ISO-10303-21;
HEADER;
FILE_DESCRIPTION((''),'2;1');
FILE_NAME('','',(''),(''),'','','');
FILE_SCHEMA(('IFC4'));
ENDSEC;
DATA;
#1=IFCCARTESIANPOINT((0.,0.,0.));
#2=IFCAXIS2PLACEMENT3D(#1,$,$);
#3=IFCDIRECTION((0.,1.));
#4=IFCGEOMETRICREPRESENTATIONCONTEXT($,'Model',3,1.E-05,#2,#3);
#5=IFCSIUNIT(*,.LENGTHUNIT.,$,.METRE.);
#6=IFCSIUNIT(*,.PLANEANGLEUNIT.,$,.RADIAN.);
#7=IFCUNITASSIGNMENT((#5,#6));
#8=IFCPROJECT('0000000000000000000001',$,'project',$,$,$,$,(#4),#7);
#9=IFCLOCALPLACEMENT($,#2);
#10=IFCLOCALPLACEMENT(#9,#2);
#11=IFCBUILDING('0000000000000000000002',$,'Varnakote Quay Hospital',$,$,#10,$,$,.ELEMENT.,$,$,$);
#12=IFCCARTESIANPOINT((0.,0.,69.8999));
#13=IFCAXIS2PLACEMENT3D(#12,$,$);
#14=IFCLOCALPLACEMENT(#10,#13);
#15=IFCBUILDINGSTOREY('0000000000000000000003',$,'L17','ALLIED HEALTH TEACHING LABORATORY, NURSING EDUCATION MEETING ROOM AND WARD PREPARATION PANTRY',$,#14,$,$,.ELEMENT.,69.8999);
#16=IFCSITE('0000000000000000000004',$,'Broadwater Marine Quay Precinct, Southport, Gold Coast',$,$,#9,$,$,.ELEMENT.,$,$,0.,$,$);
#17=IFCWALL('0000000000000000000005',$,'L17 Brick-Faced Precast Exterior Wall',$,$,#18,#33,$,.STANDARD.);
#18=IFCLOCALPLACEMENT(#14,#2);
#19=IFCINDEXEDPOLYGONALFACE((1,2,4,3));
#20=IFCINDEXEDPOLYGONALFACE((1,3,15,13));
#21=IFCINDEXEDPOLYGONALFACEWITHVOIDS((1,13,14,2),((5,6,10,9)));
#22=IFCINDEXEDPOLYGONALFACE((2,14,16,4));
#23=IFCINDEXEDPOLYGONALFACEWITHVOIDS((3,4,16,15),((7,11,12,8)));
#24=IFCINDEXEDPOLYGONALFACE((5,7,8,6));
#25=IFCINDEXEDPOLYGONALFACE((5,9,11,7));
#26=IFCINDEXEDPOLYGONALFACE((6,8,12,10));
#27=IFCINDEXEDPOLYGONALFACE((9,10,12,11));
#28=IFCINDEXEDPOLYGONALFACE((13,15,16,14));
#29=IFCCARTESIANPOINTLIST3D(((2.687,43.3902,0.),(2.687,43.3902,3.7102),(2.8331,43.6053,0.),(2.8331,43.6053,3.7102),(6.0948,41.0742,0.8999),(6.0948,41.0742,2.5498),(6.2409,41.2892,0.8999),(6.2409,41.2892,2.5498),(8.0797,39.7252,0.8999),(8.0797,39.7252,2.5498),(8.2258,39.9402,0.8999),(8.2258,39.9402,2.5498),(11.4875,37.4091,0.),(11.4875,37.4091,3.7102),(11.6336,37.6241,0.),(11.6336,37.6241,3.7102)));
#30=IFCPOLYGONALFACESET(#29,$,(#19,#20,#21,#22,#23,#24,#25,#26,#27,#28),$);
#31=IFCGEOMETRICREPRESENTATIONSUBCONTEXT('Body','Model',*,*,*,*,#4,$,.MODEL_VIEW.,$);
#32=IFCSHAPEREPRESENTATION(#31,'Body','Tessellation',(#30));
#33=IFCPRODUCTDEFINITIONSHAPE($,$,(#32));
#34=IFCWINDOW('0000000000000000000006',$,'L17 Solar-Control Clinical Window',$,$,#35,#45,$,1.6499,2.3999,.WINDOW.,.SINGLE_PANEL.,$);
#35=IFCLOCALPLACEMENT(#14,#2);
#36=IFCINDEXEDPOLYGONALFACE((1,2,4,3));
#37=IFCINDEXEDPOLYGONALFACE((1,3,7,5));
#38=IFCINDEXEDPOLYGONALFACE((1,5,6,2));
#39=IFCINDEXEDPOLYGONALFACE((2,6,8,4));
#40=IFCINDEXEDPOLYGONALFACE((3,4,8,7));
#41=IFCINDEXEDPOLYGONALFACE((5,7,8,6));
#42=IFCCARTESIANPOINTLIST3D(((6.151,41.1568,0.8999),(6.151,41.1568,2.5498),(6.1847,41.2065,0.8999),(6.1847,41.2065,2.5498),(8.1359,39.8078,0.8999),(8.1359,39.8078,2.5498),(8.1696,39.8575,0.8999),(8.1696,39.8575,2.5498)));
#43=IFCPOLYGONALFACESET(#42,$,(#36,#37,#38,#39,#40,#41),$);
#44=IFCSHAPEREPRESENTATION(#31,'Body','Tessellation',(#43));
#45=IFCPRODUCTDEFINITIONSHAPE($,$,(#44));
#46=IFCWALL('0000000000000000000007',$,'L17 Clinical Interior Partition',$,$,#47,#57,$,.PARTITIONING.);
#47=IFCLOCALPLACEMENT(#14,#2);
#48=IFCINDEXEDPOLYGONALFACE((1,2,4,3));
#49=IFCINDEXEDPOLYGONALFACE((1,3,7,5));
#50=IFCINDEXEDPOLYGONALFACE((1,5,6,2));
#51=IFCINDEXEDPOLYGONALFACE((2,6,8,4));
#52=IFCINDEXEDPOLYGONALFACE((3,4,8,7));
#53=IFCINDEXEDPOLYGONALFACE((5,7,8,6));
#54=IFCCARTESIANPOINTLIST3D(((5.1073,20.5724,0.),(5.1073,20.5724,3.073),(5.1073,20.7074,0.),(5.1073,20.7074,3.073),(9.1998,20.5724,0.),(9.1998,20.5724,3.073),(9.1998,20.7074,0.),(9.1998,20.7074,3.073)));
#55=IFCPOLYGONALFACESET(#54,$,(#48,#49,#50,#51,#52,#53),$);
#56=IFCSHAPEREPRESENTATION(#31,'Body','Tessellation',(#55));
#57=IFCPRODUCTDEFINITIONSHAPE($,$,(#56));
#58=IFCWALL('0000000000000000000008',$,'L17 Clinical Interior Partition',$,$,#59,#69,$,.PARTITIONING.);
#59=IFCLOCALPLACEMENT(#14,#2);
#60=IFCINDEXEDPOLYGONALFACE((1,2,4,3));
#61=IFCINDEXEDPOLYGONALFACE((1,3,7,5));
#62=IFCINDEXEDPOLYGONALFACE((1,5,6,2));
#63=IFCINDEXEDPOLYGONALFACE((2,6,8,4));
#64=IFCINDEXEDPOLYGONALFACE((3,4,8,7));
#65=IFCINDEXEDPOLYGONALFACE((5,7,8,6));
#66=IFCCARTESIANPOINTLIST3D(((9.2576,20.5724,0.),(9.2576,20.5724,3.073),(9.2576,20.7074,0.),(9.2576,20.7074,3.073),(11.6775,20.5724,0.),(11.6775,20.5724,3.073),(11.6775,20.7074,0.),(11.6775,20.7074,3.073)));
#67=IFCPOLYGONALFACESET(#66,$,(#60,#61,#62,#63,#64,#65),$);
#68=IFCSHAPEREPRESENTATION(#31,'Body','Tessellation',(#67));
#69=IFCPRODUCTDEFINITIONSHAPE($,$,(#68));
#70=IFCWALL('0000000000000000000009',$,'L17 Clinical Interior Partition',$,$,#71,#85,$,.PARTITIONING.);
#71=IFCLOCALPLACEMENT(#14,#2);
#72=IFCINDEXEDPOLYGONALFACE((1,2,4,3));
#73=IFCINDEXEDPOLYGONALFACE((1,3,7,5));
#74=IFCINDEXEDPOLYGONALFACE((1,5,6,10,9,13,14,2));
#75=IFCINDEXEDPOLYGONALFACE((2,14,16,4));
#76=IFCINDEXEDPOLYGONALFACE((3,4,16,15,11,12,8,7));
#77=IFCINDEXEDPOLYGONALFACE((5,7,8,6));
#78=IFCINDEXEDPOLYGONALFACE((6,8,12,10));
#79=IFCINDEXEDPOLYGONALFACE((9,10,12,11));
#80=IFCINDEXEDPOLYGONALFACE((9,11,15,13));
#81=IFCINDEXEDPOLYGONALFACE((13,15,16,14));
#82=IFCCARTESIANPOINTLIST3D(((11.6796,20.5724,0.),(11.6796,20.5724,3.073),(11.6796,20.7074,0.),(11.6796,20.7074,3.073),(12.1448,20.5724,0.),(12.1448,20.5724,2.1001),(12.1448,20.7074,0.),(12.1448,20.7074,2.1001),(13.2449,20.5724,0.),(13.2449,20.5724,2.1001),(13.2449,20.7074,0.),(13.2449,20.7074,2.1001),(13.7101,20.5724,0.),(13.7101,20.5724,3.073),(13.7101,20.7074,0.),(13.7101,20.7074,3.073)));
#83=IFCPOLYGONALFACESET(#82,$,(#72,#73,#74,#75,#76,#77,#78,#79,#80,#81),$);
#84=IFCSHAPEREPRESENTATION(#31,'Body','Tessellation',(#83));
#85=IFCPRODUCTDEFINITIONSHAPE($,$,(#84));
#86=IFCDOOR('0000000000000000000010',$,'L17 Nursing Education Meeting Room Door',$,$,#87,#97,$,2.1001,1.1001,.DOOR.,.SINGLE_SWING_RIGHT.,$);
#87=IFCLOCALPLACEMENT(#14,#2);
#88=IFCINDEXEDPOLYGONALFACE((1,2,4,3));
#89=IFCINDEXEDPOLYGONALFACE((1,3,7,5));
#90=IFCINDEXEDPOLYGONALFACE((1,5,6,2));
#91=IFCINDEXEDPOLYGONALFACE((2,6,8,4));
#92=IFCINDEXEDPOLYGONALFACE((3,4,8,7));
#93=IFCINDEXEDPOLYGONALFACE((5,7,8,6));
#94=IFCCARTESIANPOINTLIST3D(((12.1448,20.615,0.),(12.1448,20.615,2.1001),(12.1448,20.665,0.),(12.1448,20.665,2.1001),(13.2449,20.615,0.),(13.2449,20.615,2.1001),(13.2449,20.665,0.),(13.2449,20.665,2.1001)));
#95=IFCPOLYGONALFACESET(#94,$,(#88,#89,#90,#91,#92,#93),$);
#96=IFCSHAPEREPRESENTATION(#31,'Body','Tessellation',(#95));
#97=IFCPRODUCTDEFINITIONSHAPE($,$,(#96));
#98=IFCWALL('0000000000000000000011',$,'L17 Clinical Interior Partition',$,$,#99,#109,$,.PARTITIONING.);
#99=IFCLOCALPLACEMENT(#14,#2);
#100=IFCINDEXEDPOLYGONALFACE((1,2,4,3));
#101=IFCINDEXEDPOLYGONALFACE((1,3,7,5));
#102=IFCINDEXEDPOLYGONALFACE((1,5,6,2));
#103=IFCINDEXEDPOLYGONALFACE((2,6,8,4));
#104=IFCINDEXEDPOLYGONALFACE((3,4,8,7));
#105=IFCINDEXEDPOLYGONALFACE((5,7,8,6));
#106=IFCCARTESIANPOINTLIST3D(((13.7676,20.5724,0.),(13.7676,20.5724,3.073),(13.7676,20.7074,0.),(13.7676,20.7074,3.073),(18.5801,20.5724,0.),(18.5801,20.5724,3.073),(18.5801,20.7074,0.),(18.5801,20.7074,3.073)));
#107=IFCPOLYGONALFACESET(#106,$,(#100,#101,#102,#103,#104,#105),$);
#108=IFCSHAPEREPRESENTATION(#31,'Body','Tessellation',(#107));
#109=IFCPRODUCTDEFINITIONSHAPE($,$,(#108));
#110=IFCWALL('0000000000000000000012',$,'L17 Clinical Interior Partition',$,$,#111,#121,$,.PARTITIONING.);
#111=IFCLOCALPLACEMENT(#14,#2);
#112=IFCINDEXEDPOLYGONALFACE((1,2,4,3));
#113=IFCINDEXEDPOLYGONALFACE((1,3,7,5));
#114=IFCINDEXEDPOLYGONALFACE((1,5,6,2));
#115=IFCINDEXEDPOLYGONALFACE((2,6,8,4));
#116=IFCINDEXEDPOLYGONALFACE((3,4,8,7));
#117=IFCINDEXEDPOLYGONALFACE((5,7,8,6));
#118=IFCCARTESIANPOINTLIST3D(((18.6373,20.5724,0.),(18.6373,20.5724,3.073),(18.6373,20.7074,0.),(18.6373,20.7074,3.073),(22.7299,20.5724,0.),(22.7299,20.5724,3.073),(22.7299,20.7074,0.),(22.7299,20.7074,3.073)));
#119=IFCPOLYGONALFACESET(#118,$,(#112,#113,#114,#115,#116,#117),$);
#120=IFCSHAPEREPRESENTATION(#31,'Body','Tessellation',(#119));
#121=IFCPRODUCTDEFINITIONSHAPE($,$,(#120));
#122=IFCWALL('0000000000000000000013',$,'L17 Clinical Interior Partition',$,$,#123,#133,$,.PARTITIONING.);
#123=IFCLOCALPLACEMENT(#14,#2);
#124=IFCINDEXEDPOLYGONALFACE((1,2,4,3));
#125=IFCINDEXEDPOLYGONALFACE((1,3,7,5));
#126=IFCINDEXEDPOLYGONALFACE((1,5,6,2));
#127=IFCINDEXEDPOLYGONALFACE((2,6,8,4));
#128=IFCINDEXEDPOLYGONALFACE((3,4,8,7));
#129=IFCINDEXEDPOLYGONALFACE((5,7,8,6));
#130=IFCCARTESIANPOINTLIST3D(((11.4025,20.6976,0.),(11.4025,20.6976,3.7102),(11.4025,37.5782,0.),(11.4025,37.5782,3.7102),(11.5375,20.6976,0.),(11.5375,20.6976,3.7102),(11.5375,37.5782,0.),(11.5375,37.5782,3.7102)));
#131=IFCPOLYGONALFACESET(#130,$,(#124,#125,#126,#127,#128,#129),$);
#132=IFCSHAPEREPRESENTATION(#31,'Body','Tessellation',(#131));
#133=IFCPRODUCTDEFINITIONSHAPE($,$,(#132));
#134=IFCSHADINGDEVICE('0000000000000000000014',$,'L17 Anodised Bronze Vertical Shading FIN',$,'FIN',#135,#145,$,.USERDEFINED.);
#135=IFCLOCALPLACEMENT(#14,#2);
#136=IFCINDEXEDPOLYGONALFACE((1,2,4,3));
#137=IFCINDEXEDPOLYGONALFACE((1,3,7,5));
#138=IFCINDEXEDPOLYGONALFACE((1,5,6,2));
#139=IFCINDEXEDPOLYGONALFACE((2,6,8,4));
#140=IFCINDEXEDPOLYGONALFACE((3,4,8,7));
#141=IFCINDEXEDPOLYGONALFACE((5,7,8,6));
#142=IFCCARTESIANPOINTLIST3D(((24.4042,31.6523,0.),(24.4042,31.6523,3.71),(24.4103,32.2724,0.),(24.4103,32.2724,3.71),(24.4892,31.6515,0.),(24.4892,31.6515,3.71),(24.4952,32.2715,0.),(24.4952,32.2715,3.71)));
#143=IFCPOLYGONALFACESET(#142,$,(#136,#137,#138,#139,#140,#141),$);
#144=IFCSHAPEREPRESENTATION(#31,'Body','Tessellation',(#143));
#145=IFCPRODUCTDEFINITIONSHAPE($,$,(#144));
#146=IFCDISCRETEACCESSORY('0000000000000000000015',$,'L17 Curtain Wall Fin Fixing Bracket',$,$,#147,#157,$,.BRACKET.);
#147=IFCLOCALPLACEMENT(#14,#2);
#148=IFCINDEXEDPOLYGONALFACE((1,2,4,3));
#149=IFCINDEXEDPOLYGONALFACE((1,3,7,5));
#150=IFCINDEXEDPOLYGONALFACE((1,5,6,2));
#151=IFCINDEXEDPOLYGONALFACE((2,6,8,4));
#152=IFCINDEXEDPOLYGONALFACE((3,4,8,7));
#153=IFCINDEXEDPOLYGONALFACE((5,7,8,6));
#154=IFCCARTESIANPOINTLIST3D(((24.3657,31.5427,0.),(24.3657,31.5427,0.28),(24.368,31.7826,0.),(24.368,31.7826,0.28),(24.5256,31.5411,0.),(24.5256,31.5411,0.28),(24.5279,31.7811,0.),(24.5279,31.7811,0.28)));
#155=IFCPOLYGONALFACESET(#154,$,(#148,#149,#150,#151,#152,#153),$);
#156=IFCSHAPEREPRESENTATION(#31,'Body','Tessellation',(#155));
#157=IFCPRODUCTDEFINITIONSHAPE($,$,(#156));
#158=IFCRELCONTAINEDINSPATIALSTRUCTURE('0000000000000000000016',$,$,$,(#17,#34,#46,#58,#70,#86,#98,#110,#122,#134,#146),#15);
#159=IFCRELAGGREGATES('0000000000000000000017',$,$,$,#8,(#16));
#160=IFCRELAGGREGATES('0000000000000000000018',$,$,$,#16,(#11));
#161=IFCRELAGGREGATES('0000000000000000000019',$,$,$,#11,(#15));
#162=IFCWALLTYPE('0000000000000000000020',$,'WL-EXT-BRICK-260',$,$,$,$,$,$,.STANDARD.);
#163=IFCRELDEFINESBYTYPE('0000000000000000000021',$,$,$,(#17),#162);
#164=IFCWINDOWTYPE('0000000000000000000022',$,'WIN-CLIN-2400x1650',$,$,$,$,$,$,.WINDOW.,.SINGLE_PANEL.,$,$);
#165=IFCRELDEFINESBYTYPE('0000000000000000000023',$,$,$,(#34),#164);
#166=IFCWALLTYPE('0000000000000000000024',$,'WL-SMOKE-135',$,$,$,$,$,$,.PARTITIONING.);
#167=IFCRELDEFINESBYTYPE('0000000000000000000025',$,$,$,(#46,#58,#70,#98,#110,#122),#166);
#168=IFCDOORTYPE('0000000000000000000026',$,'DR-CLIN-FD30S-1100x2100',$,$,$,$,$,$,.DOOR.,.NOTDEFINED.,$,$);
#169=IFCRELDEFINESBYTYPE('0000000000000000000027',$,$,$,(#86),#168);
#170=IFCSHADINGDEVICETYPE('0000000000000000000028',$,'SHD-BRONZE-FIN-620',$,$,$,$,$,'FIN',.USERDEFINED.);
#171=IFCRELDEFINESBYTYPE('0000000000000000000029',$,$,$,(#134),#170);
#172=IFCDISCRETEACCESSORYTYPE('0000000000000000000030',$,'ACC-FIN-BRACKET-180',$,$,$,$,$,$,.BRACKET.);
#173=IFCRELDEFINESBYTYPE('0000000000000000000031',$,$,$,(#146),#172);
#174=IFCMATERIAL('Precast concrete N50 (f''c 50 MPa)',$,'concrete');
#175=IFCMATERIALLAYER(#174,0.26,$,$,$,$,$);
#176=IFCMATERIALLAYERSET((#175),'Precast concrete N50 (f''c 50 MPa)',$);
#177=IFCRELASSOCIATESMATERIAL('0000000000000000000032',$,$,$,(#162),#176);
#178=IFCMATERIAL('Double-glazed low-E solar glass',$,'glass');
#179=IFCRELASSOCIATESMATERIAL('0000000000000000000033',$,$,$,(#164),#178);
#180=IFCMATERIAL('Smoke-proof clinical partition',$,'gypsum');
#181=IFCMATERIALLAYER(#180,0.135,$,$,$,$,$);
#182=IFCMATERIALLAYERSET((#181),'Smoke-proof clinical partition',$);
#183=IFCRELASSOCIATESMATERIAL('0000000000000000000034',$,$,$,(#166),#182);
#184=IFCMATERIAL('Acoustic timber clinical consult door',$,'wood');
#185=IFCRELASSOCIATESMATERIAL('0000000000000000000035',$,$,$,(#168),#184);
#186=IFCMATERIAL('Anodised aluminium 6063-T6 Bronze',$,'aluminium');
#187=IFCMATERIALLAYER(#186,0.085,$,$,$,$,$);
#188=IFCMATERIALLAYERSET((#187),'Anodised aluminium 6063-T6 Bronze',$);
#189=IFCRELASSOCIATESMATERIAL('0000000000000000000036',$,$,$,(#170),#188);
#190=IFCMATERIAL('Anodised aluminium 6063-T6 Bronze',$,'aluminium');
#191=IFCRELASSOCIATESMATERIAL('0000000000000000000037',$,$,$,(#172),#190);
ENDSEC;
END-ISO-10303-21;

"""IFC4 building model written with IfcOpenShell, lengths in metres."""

from ifc_helpers import new_model, si_unit, direction, frame, frame_2d, origin, origin_2d, place, context, subcontext, project, spatial, rectangle, extrude, material, layer, layer_set, type_object, element, fill, save


model = new_model("IFC4")

# Units and contexts
model_context = context("Model", 3, precision=1e-05, world=origin(), true_north=direction((0.0, 1.0)))
body_context = subcontext(model_context, "Body", "Model", "MODEL_VIEW")
ifc_project = project(units=[si_unit("LENGTHUNIT", "METRE"), si_unit("PLANEANGLEUNIT", "RADIAN")], contexts=[model_context])

# Site, building, storey
site_placement = place(None, origin())
site = spatial("IfcSite", under=ifc_project, at=site_placement, Name="Broadwater Marine Quay Precinct, Southport, Gold Coast", CompositionType="ELEMENT", RefElevation=0.0)
building_placement = place(site_placement, origin())
building = spatial("IfcBuilding", under=site, at=building_placement, Name="Varnakote Quay Hospital", CompositionType="ELEMENT")
storey_placement = place(building_placement, frame((0.0, 0.0, 69.8999)))
storey = spatial("IfcBuildingStorey", under=building, at=storey_placement, Name="L17", Description="ALLIED HEALTH TEACHING LABORATORY, NURSING EDUCATION MEETING ROOM AND WARD PREPARATION PANTRY", CompositionType="ELEMENT", Elevation=69.8999)

# Wall, opening, window
ifc_material_1 = material(Name="Precast concrete N50 (f'c 50 MPa)", Category="concrete")
ifc_layer_1 = layer(ifc_material_1, 0.26)
ifc_layer_set_1 = layer_set([ifc_layer_1], Name="Precast concrete N50 (f'c 50 MPa)")
wall_type_1 = type_object("IfcWallType", Name="WL-EXT-BRICK-260", PredefinedType="STANDARD", material=ifc_layer_set_1)
ifc_material_2 = material(Name="Double-glazed low-E solar glass", Category="glass")
window_type = type_object("IfcWindowType", Name="WIN-CLIN-2400x1650", PartitioningType="SINGLE_PANEL", PredefinedType="WINDOW", material=ifc_material_2)
wall_1_placement = place(storey_placement, frame((11.5605, 37.5166, 0.0), z_axis=(0.0, 0.0, 1.0), x_axis=(-0.827065, 0.562107, 0.0)))
wall_1 = element("IfcWall", 1, at=wall_1_placement, inside=storey, type_object=wall_type_1, Name="L17 Brick-Faced Precast Exterior Wall", PredefinedType="STANDARD", context=body_context, shape_type="SweptSolid", body=[
    extrude(rectangle(XDim=10.6406, YDim=0.26, at=frame_2d((5.3203, 0.0))), origin(), (0.0, 0.0, 1.0), 3.7102),
])
opening_1_placement = place(wall_1_placement, frame((4.1204, 0.0, 0.8999)))
opening_1 = element("IfcOpeningElement", 2, at=opening_1_placement, cuts=wall_1, PredefinedType="OPENING", context=body_context, shape_type="SweptSolid", body=[
    extrude(rectangle(XDim=2.3999, YDim=1.6499, at=frame_2d((1.2, 0.825))), frame((0.0, 0.1399, 0.0), z_axis=(0.0, -1.0, 0.0), x_axis=(1.0, 0.0, 0.0)), (0.0, 0.0, 1.0), 0.28),
])
window_1_placement = place(opening_1_placement, origin())
window_1 = element("IfcWindow", 3, at=window_1_placement, inside=storey, type_object=window_type, Name="L17 Solar-Control Clinical Window", OverallHeight=1.6499, OverallWidth=2.3999, PartitioningType="SINGLE_PANEL", PredefinedType="WINDOW", context=body_context, shape_type="SweptSolid", body=[
    extrude(rectangle(XDim=2.3999, YDim=1.6499, at=frame_2d((1.2, 0.825))), frame((0.0, 0.03, 0.0), z_axis=(0.0, -1.0, 0.0), x_axis=(1.0, 0.0, 0.0)), (0.0, 0.0, 1.0), 0.0601),
])
fill(opening_1, window_1)

# Walls
ifc_material_3 = material(Name="Smoke-proof clinical partition", Category="gypsum")
ifc_layer_2 = layer(ifc_material_3, 0.135)
ifc_layer_set_2 = layer_set([ifc_layer_2], Name="Smoke-proof clinical partition")
wall_type_2 = type_object("IfcWallType", Name="WL-SMOKE-135", PredefinedType="PARTITIONING", material=ifc_layer_set_2)
wall_2_placement = place(storey_placement, frame((9.2, 20.6399, 0.0), z_axis=(0.0, 0.0, 1.0), x_axis=(-1.0, 0.0, 0.0)))
element("IfcWall", 4, at=wall_2_placement, inside=storey, type_object=wall_type_2, Name="L17 Clinical Interior Partition", PredefinedType="PARTITIONING", context=body_context, shape_type="SweptSolid", body=[
    extrude(rectangle(XDim=4.0925, YDim=0.135, at=frame_2d((2.0464, 0.0))), origin(), (0.0, 0.0, 1.0), 3.073),
])
wall_3_placement = place(storey_placement, frame((11.6775, 20.6399, 0.0), z_axis=(0.0, 0.0, 1.0), x_axis=(-1.0, 0.0, 0.0)))
element("IfcWall", 5, at=wall_3_placement, inside=storey, type_object=wall_type_2, Name="L17 Clinical Interior Partition", PredefinedType="PARTITIONING", context=body_context, shape_type="SweptSolid", body=[
    extrude(rectangle(XDim=2.4199, YDim=0.135, at=frame_2d((1.21, 0.0))), origin(), (0.0, 0.0, 1.0), 3.073),
])

# Wall, opening, door
wall_4_placement = place(storey_placement, frame((13.71, 20.6399, 0.0), z_axis=(0.0, 0.0, 1.0), x_axis=(-1.0, 0.0, 0.0)))
wall_4 = element("IfcWall", 6, at=wall_4_placement, inside=storey, type_object=wall_type_2, Name="L17 Clinical Interior Partition", PredefinedType="PARTITIONING", context=body_context, shape_type="SweptSolid", body=[
    extrude(rectangle(XDim=2.0305, YDim=0.135, at=frame_2d((1.0151, 0.0))), origin(), (0.0, 0.0, 1.0), 3.073),
])
opening_2_placement = place(wall_4_placement, frame((0.4651, 0.0, 0.0)))
opening_2 = element("IfcOpeningElement", 7, at=opening_2_placement, cuts=wall_4, PredefinedType="OPENING", context=body_context, shape_type="SweptSolid", body=[
    extrude(rectangle(XDim=1.1001, YDim=2.1001, at=frame_2d((0.55, 1.05))), frame((0.0, 0.0774, 0.0), z_axis=(0.0, -1.0, 0.0), x_axis=(1.0, 0.0, 0.0)), (0.0, 0.0, 1.0), 0.155),
])
ifc_material_4 = material(Name="Acoustic timber clinical consult door", Category="wood")
door_type = type_object("IfcDoorType", Name="DR-CLIN-FD30S-1100x2100", OperationType="NOTDEFINED", PredefinedType="DOOR", material=ifc_material_4)
door_placement = place(opening_2_placement, origin())
door = element("IfcDoor", 8, at=door_placement, inside=storey, type_object=door_type, Name="L17 Nursing Education Meeting Room Door", OperationType="SINGLE_SWING_RIGHT", OverallHeight=2.1001, OverallWidth=1.1001, PredefinedType="DOOR", context=body_context, shape_type="SweptSolid", body=[
    extrude(rectangle(XDim=1.1001, YDim=2.1001, at=frame_2d((0.55, 1.05))), frame((0.0, 0.0249, 0.0), z_axis=(0.0, -1.0, 0.0), x_axis=(1.0, 0.0, 0.0)), (0.0, 0.0, 1.0), 0.05),
])
fill(opening_2, door)

# Walls
wall_5_placement = place(storey_placement, frame((18.5801, 20.6399, 0.0), z_axis=(0.0, 0.0, 1.0), x_axis=(-1.0, 0.0, 0.0)))
element("IfcWall", 9, at=wall_5_placement, inside=storey, type_object=wall_type_2, Name="L17 Clinical Interior Partition", PredefinedType="PARTITIONING", context=body_context, shape_type="SweptSolid", body=[
    extrude(rectangle(XDim=4.8125, YDim=0.135, at=frame_2d((2.4062, 0.0))), origin(), (0.0, 0.0, 1.0), 3.073),
])
wall_6_placement = place(storey_placement, frame((22.73, 20.6399, 0.0), z_axis=(0.0, 0.0, 1.0), x_axis=(-1.0, 0.0, 0.0)))
element("IfcWall", 10, at=wall_6_placement, inside=storey, type_object=wall_type_2, Name="L17 Clinical Interior Partition", PredefinedType="PARTITIONING", context=body_context, shape_type="SweptSolid", body=[
    extrude(rectangle(XDim=4.0925, YDim=0.135, at=frame_2d((2.0464, 0.0))), origin(), (0.0, 0.0, 1.0), 3.073),
])
wall_7_placement = place(storey_placement, frame((11.47, 20.6975, 0.0), z_axis=(0.0, 0.0, 1.0), x_axis=(0.0, 1.0, 0.0)))
element("IfcWall", 11, at=wall_7_placement, inside=storey, type_object=wall_type_2, Name="L17 Clinical Interior Partition", PredefinedType="PARTITIONING", context=body_context, shape_type="SweptSolid", body=[
    extrude(rectangle(XDim=16.8806, YDim=0.135, at=frame_2d((8.4404, 0.0))), origin(), (0.0, 0.0, 1.0), 3.7102),
])

# Shading device
ifc_material_5 = material(Name="Anodised aluminium 6063-T6 Bronze", Category="aluminium")
ifc_layer_3 = layer(ifc_material_5, 0.085)
ifc_layer_set_3 = layer_set([ifc_layer_3], Name="Anodised aluminium 6063-T6 Bronze")
shading_device_type = type_object("IfcShadingDeviceType", Name="SHD-BRONZE-FIN-620", ElementType="FIN", PredefinedType="USERDEFINED", material=ifc_layer_set_3)
shading_device_placement = place(storey_placement, frame((24.4497, 31.9619, 0.0), z_axis=(0.0, 0.0, 1.0), x_axis=(-0.009774, -0.999952, 0.0)))
element("IfcShadingDevice", 12, at=shading_device_placement, inside=storey, type_object=shading_device_type, Name="L17 Anodised Bronze Vertical Shading FIN", ObjectType="FIN", PredefinedType="USERDEFINED", context=body_context, shape_type="SweptSolid", body=[
    extrude(rectangle(XDim=0.6201, YDim=0.085, at=origin_2d()), origin(), (0.0, 0.0, 1.0), 3.71),
])

# Discrete accessory
ifc_material_6 = material(Name="Anodised aluminium 6063-T6 Bronze", Category="aluminium")
discrete_accessory_type = type_object("IfcDiscreteAccessoryType", Name="ACC-FIN-BRACKET-180", PredefinedType="BRACKET", material=ifc_material_6)
discrete_accessory_placement = place(storey_placement, frame((24.4468, 31.6619, 0.0), z_axis=(0.0, 0.0, 1.0), x_axis=(-0.999952, 0.009774, 0.0)))
element("IfcDiscreteAccessory", 13, at=discrete_accessory_placement, inside=storey, type_object=discrete_accessory_type, Name="L17 Curtain Wall Fin Fixing Bracket", PredefinedType="BRACKET", context=body_context, shape_type="SweptSolid", body=[
    extrude(rectangle(XDim=0.1599, YDim=0.24, at=origin_2d()), origin(), (0.0, 0.0, 1.0), 0.28),
])

save(model, "model.ifc")
